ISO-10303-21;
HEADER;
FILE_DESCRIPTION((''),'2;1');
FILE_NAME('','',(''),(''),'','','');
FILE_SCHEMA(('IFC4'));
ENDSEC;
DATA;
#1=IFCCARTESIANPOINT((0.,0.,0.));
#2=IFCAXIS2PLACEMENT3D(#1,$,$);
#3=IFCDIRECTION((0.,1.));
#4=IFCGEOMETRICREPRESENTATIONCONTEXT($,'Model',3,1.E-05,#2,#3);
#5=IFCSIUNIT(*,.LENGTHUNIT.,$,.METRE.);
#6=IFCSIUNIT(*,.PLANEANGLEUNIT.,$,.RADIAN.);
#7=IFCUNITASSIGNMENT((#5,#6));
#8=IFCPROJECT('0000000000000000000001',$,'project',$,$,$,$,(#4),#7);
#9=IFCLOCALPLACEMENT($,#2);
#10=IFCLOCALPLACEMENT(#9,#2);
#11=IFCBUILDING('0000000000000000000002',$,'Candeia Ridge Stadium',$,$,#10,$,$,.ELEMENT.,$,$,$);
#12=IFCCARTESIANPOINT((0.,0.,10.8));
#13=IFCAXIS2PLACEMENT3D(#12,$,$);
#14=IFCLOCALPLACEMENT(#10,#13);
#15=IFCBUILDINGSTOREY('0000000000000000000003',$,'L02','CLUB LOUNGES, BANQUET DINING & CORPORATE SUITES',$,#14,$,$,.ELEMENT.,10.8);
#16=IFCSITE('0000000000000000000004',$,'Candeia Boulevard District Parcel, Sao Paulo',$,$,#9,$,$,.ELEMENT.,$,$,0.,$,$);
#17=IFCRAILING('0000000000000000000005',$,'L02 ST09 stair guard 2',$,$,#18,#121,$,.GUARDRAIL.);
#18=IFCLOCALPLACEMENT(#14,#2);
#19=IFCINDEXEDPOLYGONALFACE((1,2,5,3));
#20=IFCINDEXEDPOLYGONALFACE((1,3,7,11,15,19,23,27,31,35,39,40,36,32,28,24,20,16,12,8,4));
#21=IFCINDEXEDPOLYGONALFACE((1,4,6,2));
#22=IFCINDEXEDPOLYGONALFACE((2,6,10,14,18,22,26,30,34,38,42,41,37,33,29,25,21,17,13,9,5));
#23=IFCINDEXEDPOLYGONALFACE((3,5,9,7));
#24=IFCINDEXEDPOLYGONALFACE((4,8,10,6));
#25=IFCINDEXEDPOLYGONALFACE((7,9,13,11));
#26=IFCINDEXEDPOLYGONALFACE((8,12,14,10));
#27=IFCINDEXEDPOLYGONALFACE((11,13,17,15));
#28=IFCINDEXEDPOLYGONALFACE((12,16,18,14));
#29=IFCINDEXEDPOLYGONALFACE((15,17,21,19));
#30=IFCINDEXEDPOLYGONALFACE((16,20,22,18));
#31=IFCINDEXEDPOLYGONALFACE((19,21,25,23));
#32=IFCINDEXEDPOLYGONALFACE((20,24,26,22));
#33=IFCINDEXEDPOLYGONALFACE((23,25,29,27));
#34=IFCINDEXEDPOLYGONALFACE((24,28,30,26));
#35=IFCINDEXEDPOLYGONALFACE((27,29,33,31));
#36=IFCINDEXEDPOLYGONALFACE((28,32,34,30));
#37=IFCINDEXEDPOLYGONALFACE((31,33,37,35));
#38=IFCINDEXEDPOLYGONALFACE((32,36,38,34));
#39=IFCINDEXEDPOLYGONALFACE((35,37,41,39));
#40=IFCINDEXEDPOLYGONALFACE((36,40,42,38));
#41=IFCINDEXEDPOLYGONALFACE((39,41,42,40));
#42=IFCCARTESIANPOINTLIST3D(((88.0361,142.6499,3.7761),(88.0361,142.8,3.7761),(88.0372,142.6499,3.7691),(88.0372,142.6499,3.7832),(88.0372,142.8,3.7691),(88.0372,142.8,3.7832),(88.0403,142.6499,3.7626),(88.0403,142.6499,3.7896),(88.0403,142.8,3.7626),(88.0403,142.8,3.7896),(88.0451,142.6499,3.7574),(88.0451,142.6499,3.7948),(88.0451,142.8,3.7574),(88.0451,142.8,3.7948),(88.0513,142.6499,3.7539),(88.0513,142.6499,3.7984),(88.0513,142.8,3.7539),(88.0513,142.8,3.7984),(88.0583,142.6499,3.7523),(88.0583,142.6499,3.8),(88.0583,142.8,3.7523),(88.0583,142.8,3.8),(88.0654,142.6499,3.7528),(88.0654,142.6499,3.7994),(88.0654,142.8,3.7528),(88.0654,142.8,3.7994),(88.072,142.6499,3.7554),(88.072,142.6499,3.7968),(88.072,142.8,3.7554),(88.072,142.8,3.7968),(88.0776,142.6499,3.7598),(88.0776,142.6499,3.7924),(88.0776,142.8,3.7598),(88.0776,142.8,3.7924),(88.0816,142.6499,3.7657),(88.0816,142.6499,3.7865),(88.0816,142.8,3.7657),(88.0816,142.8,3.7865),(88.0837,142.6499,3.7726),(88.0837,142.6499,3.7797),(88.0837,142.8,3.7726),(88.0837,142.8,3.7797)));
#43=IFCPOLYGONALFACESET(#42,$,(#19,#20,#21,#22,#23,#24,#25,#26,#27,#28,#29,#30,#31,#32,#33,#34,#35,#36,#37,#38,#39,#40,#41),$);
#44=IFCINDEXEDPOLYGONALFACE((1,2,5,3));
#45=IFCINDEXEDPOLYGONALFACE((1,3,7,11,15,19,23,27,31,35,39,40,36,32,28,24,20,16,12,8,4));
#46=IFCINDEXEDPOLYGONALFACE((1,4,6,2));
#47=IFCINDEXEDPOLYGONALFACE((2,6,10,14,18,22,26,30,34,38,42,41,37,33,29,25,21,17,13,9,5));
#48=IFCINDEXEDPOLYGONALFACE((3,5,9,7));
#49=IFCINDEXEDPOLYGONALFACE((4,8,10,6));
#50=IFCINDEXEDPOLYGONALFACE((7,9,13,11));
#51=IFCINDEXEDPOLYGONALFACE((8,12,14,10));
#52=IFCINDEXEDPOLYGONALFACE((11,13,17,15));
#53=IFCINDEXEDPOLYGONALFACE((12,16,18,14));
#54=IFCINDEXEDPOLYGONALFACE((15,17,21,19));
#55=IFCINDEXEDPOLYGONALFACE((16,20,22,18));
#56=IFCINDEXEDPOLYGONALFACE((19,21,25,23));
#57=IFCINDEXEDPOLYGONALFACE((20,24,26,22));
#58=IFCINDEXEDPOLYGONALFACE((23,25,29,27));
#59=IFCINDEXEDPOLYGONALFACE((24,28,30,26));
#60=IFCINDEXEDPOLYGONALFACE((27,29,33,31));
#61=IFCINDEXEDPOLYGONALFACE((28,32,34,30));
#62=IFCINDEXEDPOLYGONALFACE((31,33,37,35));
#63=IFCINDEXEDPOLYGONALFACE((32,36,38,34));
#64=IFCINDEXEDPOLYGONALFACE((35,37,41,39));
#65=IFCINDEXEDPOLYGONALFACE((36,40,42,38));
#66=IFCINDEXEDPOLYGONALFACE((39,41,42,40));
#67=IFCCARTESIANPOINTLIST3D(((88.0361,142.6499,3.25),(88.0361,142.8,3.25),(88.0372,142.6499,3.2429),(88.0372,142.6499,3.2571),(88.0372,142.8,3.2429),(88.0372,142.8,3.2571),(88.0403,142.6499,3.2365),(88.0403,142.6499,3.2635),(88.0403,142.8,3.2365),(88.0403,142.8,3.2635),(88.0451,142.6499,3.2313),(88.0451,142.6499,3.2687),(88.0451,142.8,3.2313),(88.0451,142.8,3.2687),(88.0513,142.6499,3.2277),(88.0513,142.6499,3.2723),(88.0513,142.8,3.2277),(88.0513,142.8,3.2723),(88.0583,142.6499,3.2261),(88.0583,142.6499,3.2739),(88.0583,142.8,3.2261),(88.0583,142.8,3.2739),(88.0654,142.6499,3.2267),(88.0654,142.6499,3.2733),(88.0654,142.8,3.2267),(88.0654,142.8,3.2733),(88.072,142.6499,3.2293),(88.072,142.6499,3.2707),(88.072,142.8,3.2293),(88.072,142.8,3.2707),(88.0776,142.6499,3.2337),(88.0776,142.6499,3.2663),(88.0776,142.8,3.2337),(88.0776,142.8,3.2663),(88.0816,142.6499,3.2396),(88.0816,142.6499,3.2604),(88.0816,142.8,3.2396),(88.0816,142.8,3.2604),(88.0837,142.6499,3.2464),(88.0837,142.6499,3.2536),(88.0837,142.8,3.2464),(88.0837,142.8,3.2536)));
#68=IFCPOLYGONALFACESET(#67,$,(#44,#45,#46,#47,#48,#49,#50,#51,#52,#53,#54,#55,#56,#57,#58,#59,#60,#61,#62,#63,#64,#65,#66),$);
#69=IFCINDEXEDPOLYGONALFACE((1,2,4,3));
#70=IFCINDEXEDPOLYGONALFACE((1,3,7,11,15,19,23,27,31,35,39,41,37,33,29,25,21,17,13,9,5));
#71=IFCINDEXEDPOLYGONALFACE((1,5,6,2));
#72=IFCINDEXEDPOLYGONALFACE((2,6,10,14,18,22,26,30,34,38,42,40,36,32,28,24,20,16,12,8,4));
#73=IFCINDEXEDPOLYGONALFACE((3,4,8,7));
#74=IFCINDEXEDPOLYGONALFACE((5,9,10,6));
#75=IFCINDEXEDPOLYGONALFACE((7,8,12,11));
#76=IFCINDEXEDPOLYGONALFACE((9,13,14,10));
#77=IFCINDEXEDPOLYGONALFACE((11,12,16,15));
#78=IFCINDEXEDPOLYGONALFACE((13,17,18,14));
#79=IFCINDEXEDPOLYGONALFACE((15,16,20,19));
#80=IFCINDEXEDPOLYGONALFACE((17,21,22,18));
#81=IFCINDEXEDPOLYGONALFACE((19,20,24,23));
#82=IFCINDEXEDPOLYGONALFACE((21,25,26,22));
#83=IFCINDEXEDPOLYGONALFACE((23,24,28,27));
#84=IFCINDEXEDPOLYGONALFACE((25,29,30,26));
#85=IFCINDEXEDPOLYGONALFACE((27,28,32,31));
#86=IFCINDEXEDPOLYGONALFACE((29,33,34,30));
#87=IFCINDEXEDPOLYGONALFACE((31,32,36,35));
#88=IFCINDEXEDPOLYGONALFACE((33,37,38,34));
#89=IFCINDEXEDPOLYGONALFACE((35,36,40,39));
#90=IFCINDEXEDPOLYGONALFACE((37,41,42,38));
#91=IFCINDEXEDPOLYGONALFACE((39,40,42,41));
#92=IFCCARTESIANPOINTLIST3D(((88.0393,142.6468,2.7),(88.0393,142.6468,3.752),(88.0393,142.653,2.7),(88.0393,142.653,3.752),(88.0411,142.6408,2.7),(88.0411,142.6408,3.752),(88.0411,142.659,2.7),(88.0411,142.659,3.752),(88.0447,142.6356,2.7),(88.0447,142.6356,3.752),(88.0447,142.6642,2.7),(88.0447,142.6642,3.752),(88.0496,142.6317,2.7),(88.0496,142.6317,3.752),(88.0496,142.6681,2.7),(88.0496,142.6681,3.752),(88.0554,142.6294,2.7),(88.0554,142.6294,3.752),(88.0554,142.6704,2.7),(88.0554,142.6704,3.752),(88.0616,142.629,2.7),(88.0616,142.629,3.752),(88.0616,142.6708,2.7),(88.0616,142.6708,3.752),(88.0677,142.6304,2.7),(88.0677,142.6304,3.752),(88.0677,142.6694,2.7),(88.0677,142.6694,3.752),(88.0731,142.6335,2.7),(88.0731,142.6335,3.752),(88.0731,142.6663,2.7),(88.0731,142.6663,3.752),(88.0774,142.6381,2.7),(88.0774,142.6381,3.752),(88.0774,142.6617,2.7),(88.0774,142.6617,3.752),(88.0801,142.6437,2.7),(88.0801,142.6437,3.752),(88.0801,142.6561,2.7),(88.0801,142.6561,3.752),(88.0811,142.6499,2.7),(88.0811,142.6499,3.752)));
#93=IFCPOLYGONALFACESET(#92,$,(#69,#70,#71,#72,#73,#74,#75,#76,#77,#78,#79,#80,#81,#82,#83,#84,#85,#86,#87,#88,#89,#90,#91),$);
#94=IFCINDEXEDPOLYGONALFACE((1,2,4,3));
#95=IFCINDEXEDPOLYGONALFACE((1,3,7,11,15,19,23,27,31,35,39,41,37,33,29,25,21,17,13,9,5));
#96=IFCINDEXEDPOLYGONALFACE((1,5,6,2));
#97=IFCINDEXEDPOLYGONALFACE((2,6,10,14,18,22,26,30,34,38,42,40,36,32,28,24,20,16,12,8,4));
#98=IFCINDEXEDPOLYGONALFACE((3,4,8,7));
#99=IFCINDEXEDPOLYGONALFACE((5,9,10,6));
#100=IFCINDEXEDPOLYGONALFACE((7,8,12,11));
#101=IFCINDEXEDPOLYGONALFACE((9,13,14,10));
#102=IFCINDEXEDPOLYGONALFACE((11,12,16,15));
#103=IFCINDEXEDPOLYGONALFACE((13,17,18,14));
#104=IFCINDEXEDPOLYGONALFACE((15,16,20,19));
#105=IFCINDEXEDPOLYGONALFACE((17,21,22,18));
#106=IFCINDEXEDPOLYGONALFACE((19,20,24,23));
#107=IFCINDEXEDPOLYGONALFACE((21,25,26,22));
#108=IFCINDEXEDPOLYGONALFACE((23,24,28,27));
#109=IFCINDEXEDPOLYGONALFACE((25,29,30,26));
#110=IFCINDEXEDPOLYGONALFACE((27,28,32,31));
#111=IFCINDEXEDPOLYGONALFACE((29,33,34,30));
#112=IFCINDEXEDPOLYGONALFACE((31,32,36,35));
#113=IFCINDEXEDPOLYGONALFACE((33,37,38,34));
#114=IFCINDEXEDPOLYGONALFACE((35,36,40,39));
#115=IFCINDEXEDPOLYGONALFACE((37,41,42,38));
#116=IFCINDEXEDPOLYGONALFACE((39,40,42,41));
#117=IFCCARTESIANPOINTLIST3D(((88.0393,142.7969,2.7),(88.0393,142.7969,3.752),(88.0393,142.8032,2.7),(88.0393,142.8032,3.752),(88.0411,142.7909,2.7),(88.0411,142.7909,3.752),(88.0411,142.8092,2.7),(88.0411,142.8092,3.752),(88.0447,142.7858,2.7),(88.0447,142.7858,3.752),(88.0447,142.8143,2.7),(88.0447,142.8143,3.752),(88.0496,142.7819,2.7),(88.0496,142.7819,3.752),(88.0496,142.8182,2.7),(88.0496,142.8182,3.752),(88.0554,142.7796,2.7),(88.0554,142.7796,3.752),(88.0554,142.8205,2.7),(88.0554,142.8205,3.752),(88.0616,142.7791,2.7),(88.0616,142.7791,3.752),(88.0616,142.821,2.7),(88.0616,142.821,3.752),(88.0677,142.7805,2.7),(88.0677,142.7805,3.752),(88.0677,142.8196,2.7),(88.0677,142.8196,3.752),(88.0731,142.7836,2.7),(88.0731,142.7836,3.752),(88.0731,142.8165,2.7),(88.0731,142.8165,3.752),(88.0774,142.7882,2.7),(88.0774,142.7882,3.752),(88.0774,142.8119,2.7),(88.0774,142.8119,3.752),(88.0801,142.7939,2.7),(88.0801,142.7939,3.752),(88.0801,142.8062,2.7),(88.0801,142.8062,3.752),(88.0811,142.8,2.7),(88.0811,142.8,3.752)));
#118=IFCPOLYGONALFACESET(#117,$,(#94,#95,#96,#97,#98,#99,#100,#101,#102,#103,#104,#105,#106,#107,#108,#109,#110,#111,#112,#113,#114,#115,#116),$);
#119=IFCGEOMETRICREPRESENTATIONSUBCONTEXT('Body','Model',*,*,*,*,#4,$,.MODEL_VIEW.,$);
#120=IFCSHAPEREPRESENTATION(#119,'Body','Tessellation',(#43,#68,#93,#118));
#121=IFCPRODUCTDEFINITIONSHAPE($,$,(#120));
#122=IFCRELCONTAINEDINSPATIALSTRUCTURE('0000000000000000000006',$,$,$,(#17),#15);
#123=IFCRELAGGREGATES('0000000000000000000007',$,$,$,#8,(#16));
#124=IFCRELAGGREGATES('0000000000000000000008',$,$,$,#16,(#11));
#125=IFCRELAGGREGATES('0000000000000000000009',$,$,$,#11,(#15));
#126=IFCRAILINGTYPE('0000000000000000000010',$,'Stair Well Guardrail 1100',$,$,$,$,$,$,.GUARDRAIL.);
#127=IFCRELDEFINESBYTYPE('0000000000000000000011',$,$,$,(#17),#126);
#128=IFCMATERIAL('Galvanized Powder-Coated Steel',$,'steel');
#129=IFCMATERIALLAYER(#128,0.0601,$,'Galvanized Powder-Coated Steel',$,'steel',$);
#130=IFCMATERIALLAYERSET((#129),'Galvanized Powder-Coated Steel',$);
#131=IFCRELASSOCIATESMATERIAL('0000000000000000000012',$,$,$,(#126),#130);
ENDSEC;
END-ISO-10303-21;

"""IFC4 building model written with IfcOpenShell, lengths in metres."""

from ifc_helpers import new_model, si_unit, direction, frame, origin, origin_2d, place, context, subcontext, project, spatial, circle, extrude, material, layer, layer_set, type_object, element, save


model = new_model("IFC4")

# Units and contexts
model_context = context("Model", 3, precision=1e-05, world=origin(), true_north=direction((0.0, 1.0)))
body_context = subcontext(model_context, "Body", "Model", "MODEL_VIEW")
ifc_project = project(units=[si_unit("LENGTHUNIT", "METRE"), si_unit("PLANEANGLEUNIT", "RADIAN")], contexts=[model_context])

# Site, building, storey
site_placement = place(None, origin())
site = spatial("IfcSite", under=ifc_project, at=site_placement, Name="Candeia Boulevard District Parcel, Sao Paulo", CompositionType="ELEMENT", RefElevation=0.0)
building_placement = place(site_placement, origin())
building = spatial("IfcBuilding", under=site, at=building_placement, Name="Candeia Ridge Stadium", CompositionType="ELEMENT")
storey_placement = place(building_placement, frame((0.0, 0.0, 10.8)))
storey = spatial("IfcBuildingStorey", under=building, at=storey_placement, Name="L02", Description="CLUB LOUNGES, BANQUET DINING & CORPORATE SUITES", CompositionType="ELEMENT", Elevation=10.8)

# Railing
ifc_material_1 = material(Name="Galvanized Powder-Coated Steel", Category="steel")
ifc_layer_1 = layer(ifc_material_1, 0.0601, Name="Galvanized Powder-Coated Steel", Category="steel")
ifc_layer_set_1 = layer_set([ifc_layer_1], Name="Galvanized Powder-Coated Steel")
railing_type_1 = type_object("IfcRailingType", Name="Stair Well Guardrail 1100", PredefinedType="GUARDRAIL", material=ifc_layer_set_1)
railing_1_placement = place(storey_placement, frame((88.0601, 142.6499, 2.7)))
element("IfcRailing", 1, at=railing_1_placement, inside=storey, type_object=railing_type_1, Name="L02 ST09 stair guard 2", PredefinedType="GUARDRAIL", context=body_context, shape_type="SweptSolid", body=[
    extrude(circle(Radius=0.0239, at=origin_2d()), frame((0.0, 0.0, 1.0762), z_axis=(0.0, 1.0, 0.0), x_axis=(-1.0, 0.0, 0.0)), (0.0, 0.0, 1.0), 0.1501),
    extrude(circle(Radius=0.0239, at=origin_2d()), frame((0.0, 0.0, 0.55), z_axis=(0.0, 1.0, 0.0), x_axis=(-1.0, 0.0, 0.0)), (0.0, 0.0, 1.0), 0.1501),
    extrude(circle(Radius=0.021, at=origin_2d()), origin(), (0.0, 0.0, 1.0), 1.052),
    extrude(circle(Radius=0.021, at=origin_2d()), frame((0.0, 0.1501, 0.0)), (0.0, 0.0, 1.0), 1.052),
])

save(model, "model.ifc")
